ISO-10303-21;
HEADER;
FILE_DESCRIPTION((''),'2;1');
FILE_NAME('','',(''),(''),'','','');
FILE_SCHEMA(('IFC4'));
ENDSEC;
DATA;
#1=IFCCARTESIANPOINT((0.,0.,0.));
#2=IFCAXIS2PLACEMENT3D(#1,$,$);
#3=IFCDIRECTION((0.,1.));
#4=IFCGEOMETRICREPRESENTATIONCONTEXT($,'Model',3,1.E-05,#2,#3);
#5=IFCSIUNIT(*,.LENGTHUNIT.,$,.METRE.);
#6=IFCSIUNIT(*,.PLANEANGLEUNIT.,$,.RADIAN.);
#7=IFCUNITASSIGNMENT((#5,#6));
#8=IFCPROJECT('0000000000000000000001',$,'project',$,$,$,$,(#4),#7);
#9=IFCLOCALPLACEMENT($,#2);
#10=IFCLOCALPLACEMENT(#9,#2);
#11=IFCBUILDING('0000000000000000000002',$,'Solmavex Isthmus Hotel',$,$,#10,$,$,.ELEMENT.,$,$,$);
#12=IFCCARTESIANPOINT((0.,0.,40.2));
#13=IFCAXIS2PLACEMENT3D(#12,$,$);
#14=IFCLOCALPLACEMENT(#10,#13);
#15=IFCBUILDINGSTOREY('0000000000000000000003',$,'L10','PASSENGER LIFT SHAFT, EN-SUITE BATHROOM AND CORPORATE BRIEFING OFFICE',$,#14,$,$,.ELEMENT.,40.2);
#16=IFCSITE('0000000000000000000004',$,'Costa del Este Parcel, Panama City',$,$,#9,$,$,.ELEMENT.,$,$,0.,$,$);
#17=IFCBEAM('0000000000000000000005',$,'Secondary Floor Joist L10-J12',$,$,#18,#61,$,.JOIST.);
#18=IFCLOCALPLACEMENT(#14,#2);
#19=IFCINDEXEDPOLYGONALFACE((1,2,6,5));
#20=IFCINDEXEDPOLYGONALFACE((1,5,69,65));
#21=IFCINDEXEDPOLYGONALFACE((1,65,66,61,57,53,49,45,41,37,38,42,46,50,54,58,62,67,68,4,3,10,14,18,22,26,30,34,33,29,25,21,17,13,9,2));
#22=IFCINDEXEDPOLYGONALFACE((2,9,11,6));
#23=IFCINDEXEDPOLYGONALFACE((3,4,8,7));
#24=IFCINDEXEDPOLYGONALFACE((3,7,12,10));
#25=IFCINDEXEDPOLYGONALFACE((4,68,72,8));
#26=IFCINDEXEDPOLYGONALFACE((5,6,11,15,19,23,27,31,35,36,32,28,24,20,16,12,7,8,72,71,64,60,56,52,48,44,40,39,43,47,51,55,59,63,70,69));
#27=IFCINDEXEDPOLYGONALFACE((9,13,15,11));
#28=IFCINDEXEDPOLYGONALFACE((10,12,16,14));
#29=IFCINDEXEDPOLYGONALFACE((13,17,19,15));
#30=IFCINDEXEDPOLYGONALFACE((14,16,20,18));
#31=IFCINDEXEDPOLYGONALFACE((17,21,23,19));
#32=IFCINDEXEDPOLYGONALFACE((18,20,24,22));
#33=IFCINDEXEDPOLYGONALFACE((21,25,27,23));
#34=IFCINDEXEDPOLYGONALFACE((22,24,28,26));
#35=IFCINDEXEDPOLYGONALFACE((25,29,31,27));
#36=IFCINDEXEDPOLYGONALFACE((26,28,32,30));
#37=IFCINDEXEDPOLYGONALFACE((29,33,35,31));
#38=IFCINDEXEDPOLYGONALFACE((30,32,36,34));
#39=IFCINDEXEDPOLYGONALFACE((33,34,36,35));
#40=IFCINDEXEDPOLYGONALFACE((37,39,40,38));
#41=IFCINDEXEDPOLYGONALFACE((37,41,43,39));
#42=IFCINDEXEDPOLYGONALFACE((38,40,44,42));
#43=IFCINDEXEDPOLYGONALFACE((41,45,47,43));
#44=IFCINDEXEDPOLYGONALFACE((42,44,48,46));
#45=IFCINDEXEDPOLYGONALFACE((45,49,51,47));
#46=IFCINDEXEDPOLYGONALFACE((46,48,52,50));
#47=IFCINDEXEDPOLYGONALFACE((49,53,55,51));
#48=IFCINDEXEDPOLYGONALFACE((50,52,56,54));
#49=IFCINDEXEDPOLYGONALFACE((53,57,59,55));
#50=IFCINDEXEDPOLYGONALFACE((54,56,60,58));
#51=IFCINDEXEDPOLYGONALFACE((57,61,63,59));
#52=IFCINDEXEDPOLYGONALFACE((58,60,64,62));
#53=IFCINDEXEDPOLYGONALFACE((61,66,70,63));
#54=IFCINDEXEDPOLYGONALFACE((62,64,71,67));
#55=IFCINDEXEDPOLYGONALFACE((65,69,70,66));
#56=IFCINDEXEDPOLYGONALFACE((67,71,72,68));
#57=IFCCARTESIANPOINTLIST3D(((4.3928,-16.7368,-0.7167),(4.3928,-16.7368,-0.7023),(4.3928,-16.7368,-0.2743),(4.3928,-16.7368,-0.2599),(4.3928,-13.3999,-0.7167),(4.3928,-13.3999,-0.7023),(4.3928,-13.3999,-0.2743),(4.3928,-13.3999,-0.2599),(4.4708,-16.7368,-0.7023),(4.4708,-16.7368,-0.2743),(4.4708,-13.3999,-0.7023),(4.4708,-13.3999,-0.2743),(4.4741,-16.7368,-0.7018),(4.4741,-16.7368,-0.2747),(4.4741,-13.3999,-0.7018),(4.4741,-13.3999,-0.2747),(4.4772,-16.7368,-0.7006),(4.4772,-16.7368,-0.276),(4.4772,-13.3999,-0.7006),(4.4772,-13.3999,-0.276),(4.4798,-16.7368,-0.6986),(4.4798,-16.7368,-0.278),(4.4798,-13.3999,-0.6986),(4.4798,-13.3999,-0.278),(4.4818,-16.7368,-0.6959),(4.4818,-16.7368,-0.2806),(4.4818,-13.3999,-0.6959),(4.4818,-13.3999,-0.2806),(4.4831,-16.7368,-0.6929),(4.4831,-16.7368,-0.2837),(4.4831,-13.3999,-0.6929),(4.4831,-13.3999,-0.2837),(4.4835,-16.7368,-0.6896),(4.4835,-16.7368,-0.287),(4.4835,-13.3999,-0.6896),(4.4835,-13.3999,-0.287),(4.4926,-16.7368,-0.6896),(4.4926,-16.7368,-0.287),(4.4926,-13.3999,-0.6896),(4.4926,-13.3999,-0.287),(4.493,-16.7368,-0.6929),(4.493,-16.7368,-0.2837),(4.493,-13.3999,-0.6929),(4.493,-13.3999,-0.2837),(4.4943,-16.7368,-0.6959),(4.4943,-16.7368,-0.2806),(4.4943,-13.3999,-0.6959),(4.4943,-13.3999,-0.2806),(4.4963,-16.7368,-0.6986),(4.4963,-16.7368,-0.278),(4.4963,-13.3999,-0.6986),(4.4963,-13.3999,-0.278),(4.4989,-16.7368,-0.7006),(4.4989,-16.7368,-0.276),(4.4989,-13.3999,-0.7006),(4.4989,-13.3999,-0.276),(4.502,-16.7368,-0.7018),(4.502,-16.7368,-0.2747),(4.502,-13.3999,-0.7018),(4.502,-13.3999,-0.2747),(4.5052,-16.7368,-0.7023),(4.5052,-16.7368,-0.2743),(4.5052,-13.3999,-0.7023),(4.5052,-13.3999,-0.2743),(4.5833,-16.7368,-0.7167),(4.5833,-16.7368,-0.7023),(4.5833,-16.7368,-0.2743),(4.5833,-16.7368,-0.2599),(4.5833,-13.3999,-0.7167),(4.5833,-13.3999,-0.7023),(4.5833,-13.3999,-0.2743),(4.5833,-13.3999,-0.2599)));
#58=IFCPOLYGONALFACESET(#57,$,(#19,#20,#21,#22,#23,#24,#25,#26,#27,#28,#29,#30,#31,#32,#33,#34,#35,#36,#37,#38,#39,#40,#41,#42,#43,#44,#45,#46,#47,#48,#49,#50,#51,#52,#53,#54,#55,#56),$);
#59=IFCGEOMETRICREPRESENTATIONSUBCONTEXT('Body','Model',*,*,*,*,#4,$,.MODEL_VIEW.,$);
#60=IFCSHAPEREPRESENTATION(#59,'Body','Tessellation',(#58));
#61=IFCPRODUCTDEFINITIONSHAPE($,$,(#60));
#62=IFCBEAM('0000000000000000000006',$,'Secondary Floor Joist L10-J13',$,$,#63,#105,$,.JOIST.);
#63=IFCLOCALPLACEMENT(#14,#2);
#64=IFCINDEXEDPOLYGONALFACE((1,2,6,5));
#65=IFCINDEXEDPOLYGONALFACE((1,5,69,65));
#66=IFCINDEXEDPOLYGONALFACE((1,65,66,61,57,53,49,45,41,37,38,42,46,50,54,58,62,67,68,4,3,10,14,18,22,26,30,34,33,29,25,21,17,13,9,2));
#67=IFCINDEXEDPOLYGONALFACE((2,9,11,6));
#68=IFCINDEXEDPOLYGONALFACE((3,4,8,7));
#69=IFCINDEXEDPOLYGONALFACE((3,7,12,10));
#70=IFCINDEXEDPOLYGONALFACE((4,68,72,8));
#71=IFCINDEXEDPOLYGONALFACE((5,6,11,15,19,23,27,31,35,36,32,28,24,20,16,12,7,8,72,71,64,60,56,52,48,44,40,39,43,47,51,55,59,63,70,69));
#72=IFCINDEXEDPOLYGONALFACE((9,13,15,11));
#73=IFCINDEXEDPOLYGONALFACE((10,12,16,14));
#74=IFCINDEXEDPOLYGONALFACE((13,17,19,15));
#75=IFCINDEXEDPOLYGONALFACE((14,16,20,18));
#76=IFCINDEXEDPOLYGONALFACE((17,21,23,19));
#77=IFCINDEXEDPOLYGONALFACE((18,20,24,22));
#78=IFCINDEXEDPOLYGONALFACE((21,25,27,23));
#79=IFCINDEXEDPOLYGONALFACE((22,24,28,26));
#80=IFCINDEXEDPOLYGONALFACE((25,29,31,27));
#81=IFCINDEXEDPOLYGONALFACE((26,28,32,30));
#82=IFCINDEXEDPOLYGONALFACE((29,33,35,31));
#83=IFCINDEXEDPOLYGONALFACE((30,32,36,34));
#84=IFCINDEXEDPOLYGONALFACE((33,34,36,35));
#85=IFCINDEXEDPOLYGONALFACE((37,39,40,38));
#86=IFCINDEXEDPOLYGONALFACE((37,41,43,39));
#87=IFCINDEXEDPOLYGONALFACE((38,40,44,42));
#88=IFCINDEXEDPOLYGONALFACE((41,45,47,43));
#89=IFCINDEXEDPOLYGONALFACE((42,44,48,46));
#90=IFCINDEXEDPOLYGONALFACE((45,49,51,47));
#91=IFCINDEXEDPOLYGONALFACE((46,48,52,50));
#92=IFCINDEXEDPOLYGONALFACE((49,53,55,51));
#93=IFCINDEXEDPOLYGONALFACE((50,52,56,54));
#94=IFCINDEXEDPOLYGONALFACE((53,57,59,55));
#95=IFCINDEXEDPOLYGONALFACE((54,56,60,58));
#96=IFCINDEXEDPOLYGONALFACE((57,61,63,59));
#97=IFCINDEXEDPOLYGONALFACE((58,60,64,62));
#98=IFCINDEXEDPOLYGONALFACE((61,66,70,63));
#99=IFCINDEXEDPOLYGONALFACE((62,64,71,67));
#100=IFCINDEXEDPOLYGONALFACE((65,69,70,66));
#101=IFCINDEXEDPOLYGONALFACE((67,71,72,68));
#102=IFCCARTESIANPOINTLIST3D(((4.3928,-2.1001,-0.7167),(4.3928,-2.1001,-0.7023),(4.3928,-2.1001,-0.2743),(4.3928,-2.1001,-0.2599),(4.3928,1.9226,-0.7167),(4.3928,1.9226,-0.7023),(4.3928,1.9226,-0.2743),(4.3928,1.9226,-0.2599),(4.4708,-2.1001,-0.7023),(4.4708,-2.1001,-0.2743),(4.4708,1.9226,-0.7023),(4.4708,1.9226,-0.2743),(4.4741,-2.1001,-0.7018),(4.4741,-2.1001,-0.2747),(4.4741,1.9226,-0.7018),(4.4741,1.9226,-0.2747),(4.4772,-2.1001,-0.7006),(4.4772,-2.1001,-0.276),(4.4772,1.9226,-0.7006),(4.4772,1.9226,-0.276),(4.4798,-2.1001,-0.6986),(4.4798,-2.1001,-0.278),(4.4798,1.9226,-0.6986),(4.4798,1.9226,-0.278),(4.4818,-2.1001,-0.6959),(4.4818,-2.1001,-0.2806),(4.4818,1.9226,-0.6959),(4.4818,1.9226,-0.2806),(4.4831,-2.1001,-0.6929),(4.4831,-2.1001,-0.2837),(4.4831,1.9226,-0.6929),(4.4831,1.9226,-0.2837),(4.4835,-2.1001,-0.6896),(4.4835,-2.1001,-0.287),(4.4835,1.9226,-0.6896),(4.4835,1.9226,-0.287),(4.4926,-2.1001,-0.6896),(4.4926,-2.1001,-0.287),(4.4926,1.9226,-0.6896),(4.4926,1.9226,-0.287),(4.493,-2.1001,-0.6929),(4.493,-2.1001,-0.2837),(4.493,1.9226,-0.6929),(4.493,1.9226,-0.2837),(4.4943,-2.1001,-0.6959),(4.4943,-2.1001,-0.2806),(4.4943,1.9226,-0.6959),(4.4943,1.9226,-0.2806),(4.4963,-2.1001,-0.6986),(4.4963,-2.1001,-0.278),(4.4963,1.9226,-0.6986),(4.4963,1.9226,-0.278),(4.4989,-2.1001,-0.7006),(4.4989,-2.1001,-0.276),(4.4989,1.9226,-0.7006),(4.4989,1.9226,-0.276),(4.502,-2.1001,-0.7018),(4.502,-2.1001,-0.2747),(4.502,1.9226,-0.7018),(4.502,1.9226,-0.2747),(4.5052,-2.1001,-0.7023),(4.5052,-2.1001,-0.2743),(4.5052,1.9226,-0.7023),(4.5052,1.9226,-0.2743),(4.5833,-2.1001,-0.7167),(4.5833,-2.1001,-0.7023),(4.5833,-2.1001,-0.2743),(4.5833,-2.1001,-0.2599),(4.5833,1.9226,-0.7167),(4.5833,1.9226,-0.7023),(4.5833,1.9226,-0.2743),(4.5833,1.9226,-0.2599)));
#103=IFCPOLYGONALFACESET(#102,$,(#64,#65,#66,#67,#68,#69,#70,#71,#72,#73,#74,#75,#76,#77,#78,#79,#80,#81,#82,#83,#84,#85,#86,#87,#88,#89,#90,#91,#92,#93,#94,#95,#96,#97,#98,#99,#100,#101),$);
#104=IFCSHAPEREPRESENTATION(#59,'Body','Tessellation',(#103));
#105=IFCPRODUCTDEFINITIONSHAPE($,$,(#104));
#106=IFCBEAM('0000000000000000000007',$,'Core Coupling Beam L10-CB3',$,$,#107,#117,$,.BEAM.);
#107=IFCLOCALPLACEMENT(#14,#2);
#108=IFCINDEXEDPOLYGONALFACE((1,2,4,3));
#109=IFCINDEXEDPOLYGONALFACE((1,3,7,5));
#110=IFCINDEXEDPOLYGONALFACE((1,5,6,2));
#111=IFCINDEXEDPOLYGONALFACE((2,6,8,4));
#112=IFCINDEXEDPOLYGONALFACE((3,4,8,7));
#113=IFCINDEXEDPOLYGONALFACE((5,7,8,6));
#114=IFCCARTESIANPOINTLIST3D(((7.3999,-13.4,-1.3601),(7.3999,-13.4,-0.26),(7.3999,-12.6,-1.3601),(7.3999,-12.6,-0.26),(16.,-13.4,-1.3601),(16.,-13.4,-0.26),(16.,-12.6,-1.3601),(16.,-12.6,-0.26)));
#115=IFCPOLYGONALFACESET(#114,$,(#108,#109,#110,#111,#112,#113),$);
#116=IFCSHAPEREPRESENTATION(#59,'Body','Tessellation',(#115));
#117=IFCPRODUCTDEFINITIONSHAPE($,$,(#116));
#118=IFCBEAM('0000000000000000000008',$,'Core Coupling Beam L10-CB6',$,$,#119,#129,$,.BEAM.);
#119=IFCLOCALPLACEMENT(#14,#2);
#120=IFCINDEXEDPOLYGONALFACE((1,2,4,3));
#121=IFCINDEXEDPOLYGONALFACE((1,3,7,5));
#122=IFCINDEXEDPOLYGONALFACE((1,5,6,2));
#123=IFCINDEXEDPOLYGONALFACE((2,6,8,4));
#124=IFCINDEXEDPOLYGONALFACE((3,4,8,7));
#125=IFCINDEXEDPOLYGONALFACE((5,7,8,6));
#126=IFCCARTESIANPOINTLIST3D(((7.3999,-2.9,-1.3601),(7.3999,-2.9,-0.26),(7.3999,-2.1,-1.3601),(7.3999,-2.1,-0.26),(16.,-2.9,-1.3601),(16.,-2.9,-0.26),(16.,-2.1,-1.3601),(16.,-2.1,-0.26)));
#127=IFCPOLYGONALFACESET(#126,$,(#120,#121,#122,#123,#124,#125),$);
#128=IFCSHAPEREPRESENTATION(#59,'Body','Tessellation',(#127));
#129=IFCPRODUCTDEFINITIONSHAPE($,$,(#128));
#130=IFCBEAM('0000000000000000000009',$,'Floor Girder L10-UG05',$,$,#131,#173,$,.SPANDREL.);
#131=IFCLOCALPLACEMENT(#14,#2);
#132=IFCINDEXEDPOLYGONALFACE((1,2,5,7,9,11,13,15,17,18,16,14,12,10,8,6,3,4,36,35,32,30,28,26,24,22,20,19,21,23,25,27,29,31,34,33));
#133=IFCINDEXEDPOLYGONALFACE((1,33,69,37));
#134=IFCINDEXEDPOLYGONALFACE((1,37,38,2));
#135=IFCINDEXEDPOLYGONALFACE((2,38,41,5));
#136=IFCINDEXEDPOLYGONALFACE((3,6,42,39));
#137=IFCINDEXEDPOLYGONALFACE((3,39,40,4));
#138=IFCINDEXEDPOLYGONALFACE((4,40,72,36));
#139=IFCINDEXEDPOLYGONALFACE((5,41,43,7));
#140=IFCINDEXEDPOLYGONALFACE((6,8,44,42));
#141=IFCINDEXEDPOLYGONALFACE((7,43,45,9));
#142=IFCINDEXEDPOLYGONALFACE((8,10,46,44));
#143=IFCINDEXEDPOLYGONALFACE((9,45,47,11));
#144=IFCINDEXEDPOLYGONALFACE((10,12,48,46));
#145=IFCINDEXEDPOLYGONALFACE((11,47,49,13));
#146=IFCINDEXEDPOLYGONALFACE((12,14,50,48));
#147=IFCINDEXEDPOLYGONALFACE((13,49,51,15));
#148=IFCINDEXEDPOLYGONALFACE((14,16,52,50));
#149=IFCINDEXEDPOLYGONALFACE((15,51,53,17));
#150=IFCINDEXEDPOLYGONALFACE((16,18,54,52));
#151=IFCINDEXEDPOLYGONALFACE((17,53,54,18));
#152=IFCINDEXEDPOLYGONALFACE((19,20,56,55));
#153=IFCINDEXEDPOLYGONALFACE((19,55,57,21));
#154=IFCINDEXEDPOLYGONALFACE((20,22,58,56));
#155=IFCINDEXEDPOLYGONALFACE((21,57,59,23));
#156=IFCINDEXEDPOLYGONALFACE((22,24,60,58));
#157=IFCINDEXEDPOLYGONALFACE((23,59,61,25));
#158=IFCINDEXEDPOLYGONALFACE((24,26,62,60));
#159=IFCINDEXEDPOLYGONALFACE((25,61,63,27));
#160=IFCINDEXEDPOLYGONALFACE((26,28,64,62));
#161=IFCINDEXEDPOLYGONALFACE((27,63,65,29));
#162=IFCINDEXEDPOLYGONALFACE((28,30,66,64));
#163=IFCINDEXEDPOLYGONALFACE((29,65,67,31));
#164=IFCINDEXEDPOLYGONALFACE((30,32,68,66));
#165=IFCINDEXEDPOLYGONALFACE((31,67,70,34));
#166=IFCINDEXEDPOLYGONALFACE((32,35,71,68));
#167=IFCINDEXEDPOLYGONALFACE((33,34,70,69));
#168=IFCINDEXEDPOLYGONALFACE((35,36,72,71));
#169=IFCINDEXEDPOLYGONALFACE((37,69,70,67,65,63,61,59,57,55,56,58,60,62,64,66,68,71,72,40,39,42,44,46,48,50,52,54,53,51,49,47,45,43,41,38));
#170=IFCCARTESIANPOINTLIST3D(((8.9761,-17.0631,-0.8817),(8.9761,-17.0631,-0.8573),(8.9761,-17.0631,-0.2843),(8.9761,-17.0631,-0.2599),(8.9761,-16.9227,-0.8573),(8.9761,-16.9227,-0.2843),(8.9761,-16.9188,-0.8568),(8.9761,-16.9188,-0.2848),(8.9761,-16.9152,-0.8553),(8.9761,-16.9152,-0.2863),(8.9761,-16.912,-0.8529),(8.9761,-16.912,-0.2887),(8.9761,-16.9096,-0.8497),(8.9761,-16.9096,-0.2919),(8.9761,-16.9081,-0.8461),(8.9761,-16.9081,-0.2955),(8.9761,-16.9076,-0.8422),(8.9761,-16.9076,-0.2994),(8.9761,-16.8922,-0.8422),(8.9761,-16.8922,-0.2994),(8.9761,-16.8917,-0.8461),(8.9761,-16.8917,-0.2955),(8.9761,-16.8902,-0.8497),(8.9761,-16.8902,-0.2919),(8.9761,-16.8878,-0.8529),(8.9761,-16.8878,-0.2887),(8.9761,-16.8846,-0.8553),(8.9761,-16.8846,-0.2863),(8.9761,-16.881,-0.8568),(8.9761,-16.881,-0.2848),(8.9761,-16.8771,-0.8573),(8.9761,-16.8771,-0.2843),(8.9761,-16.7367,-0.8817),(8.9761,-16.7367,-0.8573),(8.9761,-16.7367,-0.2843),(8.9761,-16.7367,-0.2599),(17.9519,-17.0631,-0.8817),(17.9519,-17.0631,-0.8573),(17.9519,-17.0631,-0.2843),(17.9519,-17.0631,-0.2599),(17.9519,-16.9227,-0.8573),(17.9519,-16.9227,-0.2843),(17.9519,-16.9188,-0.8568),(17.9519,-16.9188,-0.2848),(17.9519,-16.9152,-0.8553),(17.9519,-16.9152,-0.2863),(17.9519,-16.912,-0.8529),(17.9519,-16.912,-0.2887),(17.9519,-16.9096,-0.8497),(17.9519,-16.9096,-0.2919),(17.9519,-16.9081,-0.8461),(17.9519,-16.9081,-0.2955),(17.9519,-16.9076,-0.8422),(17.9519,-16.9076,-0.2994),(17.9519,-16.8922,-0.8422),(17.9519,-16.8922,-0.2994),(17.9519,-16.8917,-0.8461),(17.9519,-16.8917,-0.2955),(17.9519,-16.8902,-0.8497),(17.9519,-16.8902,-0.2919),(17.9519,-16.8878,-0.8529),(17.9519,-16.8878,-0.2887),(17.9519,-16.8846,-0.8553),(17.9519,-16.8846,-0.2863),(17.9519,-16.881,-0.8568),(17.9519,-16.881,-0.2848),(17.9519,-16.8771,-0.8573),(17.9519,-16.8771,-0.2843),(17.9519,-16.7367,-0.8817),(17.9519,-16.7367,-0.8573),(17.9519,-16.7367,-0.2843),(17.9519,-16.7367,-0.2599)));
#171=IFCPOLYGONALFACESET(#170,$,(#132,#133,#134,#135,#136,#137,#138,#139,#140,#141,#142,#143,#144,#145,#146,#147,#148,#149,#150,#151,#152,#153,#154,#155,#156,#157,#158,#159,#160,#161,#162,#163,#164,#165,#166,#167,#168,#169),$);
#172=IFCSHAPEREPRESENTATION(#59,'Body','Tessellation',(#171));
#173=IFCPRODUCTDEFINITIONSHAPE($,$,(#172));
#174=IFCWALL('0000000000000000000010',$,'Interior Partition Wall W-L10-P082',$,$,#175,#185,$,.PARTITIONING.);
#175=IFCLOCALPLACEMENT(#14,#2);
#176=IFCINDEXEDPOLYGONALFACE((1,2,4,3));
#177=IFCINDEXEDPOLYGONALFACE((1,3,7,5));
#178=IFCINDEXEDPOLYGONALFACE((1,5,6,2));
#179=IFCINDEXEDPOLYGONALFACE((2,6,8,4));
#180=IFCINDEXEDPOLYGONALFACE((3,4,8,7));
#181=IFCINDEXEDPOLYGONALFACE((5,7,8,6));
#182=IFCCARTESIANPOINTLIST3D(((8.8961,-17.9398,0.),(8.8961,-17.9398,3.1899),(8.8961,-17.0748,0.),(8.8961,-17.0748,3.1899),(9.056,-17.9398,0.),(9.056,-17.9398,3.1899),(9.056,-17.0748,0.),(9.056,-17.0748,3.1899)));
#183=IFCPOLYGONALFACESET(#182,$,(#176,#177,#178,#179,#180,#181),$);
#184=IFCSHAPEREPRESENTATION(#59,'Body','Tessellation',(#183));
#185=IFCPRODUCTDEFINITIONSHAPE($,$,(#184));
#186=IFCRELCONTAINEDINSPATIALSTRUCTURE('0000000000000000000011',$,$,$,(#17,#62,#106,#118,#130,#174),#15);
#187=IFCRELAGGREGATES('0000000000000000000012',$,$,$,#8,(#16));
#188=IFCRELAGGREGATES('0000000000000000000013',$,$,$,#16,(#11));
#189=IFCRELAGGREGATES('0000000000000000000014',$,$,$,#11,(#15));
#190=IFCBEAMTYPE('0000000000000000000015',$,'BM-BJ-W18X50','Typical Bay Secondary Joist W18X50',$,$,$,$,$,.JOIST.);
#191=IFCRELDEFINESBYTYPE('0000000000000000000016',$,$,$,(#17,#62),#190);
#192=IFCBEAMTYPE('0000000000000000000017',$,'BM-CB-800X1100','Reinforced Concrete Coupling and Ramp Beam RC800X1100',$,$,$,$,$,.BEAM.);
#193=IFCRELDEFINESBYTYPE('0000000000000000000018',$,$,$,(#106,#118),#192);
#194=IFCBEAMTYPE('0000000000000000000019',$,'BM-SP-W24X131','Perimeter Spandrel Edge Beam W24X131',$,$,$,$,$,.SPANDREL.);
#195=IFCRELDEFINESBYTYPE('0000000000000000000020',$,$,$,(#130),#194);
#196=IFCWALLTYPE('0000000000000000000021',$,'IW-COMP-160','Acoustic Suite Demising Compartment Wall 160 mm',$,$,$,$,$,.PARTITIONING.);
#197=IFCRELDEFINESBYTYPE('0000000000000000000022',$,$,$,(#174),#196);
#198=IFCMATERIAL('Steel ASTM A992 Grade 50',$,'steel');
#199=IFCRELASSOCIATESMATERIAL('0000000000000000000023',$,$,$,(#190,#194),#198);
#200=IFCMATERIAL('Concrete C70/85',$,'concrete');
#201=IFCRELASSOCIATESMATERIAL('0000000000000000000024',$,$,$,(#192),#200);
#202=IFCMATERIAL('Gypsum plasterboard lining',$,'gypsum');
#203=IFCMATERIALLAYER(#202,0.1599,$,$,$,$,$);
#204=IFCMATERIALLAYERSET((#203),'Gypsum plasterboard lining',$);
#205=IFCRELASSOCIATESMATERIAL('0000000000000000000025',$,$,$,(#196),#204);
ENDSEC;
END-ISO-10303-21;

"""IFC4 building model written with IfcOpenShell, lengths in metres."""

from ifc_helpers import new_model, si_unit, direction, frame, frame_2d, origin, origin_2d, place, context, subcontext, project, spatial, rectangle, i_section, extrude, material, layer, layer_set, material_profile, profile_set, type_object, element, save


model = new_model("IFC4")

# Units and contexts
model_context = context("Model", 3, precision=1e-05, world=origin(), true_north=direction((0.0, 1.0)))
body_context = subcontext(model_context, "Body", "Model", "MODEL_VIEW")
ifc_project = project(units=[si_unit("LENGTHUNIT", "METRE"), si_unit("PLANEANGLEUNIT", "RADIAN")], contexts=[model_context])

# Site, building, storey
site_placement = place(None, origin())
site = spatial("IfcSite", under=ifc_project, at=site_placement, Name="Costa del Este Parcel, Panama City", CompositionType="ELEMENT", RefElevation=0.0)
building_placement = place(site_placement, origin())
building = spatial("IfcBuilding", under=site, at=building_placement, Name="Solmavex Isthmus Hotel", CompositionType="ELEMENT")
storey_placement = place(building_placement, frame((0.0, 0.0, 40.2)))
storey = spatial("IfcBuildingStorey", under=building, at=storey_placement, Name="L10", Description="PASSENGER LIFT SHAFT, EN-SUITE BATHROOM AND CORPORATE BRIEFING OFFICE", CompositionType="ELEMENT", Elevation=40.2)

# Shared definitions
ifc_material_1 = material(Name="Concrete C70/85", Category="concrete")

# Beams
ifc_material_2 = material(Name="Steel ASTM A992 Grade 50", Category="steel")
ifc_material_profile_1 = material_profile(ifc_material_2, i_section(OverallWidth=0.1904, OverallDepth=0.4568, WebThickness=0.009, FlangeThickness=0.0144, FilletRadius=0.0127, at=origin_2d()), Name="W18X50")
ifc_profile_set_1 = profile_set([ifc_material_profile_1], Name="Steel ASTM A992 Grade 50")
beam_type_1 = type_object("IfcBeamType", Name="BM-BJ-W18X50", Description="Typical Bay Secondary Joist W18X50", PredefinedType="JOIST", material=ifc_profile_set_1)
beam_1_placement = place(storey_placement, frame((4.488, -16.7368, -0.4883), z_axis=(0.0, 1.0, 0.0), x_axis=(-1.0, 0.0, 0.0)))
element("IfcBeam", 1, at=beam_1_placement, inside=storey, type_object=beam_type_1, Name="Secondary Floor Joist L10-J12", PredefinedType="JOIST", context=body_context, shape_type="SweptSolid", body=[
    extrude(i_section(OverallWidth=0.1904, OverallDepth=0.4568, WebThickness=0.009, FlangeThickness=0.0144, FilletRadius=0.0127, at=origin_2d()), origin(), (0.0, 0.0, 1.0), 3.3369),
])
beam_2_placement = place(storey_placement, frame((4.488, -2.1001, -0.4883), z_axis=(0.0, 1.0, 0.0), x_axis=(-1.0, 0.0, 0.0)))
element("IfcBeam", 2, at=beam_2_placement, inside=storey, type_object=beam_type_1, Name="Secondary Floor Joist L10-J13", PredefinedType="JOIST", context=body_context, shape_type="SweptSolid", body=[
    extrude(i_section(OverallWidth=0.1904, OverallDepth=0.4568, WebThickness=0.009, FlangeThickness=0.0144, FilletRadius=0.0127, at=origin_2d()), origin(), (0.0, 0.0, 1.0), 4.0227),
])
ifc_material_profile_2 = material_profile(ifc_material_1, rectangle(XDim=0.8, YDim=1.1001, at=origin_2d()), Name="RC800X1100")
ifc_profile_set_2 = profile_set([ifc_material_profile_2], Name="Concrete C70/85")
beam_type_2 = type_object("IfcBeamType", Name="BM-CB-800X1100", Description="Reinforced Concrete Coupling and Ramp Beam RC800X1100", PredefinedType="BEAM", material=ifc_profile_set_2)
for number, where, z_axis, x_axis, name in (
    (3, (7.3999, -13.0, -0.8101), (1.0, 0.0, 0.0), (0.0, 1.0, 0.0), "Core Coupling Beam L10-CB3"),
    (4, (7.3999, -2.5, -0.8101), (1.0, 0.0, 0.0), (0.0, 1.0, 0.0), "Core Coupling Beam L10-CB6"),
):
    element("IfcBeam", number, at=place(storey_placement, frame(where, z_axis=z_axis, x_axis=x_axis)), inside=storey, type_object=beam_type_2, Name=name, PredefinedType="BEAM", context=body_context, shape_type="SweptSolid", body=[
        extrude(rectangle(XDim=0.8, YDim=1.1001, at=origin_2d()), origin(), (0.0, 0.0, 1.0), 8.6001),
    ])
ifc_material_profile_3 = material_profile(ifc_material_2, i_section(OverallWidth=0.3264, OverallDepth=0.6218, WebThickness=0.0154, FlangeThickness=0.0244, FilletRadius=0.0151, at=origin_2d()), Name="W24X131")
ifc_profile_set_3 = profile_set([ifc_material_profile_3], Name="Steel ASTM A992 Grade 50")
beam_type_3 = type_object("IfcBeamType", Name="BM-SP-W24X131", Description="Perimeter Spandrel Edge Beam W24X131", PredefinedType="SPANDREL", material=ifc_profile_set_3)
beam_3_placement = place(storey_placement, frame((8.9761, -16.8999, -0.5708), z_axis=(1.0, 0.0, 0.0), x_axis=(0.0, 1.0, 0.0)))
element("IfcBeam", 5, at=beam_3_placement, inside=storey, type_object=beam_type_3, Name="Floor Girder L10-UG05", PredefinedType="SPANDREL", context=body_context, shape_type="SweptSolid", body=[
    extrude(i_section(OverallWidth=0.3264, OverallDepth=0.6218, WebThickness=0.0154, FlangeThickness=0.0244, FilletRadius=0.0151, at=origin_2d()), origin(), (0.0, 0.0, 1.0), 8.9758),
])

# Wall
ifc_material_3 = material(Name="Gypsum plasterboard lining", Category="gypsum")
ifc_layer_1 = layer(ifc_material_3, 0.1599)
ifc_layer_set_1 = layer_set([ifc_layer_1], Name="Gypsum plasterboard lining")
wall_type_1 = type_object("IfcWallType", Name="IW-COMP-160", Description="Acoustic Suite Demising Compartment Wall 160 mm", PredefinedType="PARTITIONING", material=ifc_layer_set_1)
wall_1_placement = place(storey_placement, frame((8.9761, -17.9399, 0.0), z_axis=(0.0, 0.0, 1.0), x_axis=(0.0, 1.0, 0.0)))
element("IfcWall", 6, at=wall_1_placement, inside=storey, type_object=wall_type_1, Name="Interior Partition Wall W-L10-P082", PredefinedType="PARTITIONING", context=body_context, shape_type="SweptSolid", body=[
    extrude(rectangle(XDim=0.865, YDim=0.1599, at=frame_2d((0.4326, 0.0))), origin(), (0.0, 0.0, 1.0), 3.1899),
])

save(model, "model.ifc")
